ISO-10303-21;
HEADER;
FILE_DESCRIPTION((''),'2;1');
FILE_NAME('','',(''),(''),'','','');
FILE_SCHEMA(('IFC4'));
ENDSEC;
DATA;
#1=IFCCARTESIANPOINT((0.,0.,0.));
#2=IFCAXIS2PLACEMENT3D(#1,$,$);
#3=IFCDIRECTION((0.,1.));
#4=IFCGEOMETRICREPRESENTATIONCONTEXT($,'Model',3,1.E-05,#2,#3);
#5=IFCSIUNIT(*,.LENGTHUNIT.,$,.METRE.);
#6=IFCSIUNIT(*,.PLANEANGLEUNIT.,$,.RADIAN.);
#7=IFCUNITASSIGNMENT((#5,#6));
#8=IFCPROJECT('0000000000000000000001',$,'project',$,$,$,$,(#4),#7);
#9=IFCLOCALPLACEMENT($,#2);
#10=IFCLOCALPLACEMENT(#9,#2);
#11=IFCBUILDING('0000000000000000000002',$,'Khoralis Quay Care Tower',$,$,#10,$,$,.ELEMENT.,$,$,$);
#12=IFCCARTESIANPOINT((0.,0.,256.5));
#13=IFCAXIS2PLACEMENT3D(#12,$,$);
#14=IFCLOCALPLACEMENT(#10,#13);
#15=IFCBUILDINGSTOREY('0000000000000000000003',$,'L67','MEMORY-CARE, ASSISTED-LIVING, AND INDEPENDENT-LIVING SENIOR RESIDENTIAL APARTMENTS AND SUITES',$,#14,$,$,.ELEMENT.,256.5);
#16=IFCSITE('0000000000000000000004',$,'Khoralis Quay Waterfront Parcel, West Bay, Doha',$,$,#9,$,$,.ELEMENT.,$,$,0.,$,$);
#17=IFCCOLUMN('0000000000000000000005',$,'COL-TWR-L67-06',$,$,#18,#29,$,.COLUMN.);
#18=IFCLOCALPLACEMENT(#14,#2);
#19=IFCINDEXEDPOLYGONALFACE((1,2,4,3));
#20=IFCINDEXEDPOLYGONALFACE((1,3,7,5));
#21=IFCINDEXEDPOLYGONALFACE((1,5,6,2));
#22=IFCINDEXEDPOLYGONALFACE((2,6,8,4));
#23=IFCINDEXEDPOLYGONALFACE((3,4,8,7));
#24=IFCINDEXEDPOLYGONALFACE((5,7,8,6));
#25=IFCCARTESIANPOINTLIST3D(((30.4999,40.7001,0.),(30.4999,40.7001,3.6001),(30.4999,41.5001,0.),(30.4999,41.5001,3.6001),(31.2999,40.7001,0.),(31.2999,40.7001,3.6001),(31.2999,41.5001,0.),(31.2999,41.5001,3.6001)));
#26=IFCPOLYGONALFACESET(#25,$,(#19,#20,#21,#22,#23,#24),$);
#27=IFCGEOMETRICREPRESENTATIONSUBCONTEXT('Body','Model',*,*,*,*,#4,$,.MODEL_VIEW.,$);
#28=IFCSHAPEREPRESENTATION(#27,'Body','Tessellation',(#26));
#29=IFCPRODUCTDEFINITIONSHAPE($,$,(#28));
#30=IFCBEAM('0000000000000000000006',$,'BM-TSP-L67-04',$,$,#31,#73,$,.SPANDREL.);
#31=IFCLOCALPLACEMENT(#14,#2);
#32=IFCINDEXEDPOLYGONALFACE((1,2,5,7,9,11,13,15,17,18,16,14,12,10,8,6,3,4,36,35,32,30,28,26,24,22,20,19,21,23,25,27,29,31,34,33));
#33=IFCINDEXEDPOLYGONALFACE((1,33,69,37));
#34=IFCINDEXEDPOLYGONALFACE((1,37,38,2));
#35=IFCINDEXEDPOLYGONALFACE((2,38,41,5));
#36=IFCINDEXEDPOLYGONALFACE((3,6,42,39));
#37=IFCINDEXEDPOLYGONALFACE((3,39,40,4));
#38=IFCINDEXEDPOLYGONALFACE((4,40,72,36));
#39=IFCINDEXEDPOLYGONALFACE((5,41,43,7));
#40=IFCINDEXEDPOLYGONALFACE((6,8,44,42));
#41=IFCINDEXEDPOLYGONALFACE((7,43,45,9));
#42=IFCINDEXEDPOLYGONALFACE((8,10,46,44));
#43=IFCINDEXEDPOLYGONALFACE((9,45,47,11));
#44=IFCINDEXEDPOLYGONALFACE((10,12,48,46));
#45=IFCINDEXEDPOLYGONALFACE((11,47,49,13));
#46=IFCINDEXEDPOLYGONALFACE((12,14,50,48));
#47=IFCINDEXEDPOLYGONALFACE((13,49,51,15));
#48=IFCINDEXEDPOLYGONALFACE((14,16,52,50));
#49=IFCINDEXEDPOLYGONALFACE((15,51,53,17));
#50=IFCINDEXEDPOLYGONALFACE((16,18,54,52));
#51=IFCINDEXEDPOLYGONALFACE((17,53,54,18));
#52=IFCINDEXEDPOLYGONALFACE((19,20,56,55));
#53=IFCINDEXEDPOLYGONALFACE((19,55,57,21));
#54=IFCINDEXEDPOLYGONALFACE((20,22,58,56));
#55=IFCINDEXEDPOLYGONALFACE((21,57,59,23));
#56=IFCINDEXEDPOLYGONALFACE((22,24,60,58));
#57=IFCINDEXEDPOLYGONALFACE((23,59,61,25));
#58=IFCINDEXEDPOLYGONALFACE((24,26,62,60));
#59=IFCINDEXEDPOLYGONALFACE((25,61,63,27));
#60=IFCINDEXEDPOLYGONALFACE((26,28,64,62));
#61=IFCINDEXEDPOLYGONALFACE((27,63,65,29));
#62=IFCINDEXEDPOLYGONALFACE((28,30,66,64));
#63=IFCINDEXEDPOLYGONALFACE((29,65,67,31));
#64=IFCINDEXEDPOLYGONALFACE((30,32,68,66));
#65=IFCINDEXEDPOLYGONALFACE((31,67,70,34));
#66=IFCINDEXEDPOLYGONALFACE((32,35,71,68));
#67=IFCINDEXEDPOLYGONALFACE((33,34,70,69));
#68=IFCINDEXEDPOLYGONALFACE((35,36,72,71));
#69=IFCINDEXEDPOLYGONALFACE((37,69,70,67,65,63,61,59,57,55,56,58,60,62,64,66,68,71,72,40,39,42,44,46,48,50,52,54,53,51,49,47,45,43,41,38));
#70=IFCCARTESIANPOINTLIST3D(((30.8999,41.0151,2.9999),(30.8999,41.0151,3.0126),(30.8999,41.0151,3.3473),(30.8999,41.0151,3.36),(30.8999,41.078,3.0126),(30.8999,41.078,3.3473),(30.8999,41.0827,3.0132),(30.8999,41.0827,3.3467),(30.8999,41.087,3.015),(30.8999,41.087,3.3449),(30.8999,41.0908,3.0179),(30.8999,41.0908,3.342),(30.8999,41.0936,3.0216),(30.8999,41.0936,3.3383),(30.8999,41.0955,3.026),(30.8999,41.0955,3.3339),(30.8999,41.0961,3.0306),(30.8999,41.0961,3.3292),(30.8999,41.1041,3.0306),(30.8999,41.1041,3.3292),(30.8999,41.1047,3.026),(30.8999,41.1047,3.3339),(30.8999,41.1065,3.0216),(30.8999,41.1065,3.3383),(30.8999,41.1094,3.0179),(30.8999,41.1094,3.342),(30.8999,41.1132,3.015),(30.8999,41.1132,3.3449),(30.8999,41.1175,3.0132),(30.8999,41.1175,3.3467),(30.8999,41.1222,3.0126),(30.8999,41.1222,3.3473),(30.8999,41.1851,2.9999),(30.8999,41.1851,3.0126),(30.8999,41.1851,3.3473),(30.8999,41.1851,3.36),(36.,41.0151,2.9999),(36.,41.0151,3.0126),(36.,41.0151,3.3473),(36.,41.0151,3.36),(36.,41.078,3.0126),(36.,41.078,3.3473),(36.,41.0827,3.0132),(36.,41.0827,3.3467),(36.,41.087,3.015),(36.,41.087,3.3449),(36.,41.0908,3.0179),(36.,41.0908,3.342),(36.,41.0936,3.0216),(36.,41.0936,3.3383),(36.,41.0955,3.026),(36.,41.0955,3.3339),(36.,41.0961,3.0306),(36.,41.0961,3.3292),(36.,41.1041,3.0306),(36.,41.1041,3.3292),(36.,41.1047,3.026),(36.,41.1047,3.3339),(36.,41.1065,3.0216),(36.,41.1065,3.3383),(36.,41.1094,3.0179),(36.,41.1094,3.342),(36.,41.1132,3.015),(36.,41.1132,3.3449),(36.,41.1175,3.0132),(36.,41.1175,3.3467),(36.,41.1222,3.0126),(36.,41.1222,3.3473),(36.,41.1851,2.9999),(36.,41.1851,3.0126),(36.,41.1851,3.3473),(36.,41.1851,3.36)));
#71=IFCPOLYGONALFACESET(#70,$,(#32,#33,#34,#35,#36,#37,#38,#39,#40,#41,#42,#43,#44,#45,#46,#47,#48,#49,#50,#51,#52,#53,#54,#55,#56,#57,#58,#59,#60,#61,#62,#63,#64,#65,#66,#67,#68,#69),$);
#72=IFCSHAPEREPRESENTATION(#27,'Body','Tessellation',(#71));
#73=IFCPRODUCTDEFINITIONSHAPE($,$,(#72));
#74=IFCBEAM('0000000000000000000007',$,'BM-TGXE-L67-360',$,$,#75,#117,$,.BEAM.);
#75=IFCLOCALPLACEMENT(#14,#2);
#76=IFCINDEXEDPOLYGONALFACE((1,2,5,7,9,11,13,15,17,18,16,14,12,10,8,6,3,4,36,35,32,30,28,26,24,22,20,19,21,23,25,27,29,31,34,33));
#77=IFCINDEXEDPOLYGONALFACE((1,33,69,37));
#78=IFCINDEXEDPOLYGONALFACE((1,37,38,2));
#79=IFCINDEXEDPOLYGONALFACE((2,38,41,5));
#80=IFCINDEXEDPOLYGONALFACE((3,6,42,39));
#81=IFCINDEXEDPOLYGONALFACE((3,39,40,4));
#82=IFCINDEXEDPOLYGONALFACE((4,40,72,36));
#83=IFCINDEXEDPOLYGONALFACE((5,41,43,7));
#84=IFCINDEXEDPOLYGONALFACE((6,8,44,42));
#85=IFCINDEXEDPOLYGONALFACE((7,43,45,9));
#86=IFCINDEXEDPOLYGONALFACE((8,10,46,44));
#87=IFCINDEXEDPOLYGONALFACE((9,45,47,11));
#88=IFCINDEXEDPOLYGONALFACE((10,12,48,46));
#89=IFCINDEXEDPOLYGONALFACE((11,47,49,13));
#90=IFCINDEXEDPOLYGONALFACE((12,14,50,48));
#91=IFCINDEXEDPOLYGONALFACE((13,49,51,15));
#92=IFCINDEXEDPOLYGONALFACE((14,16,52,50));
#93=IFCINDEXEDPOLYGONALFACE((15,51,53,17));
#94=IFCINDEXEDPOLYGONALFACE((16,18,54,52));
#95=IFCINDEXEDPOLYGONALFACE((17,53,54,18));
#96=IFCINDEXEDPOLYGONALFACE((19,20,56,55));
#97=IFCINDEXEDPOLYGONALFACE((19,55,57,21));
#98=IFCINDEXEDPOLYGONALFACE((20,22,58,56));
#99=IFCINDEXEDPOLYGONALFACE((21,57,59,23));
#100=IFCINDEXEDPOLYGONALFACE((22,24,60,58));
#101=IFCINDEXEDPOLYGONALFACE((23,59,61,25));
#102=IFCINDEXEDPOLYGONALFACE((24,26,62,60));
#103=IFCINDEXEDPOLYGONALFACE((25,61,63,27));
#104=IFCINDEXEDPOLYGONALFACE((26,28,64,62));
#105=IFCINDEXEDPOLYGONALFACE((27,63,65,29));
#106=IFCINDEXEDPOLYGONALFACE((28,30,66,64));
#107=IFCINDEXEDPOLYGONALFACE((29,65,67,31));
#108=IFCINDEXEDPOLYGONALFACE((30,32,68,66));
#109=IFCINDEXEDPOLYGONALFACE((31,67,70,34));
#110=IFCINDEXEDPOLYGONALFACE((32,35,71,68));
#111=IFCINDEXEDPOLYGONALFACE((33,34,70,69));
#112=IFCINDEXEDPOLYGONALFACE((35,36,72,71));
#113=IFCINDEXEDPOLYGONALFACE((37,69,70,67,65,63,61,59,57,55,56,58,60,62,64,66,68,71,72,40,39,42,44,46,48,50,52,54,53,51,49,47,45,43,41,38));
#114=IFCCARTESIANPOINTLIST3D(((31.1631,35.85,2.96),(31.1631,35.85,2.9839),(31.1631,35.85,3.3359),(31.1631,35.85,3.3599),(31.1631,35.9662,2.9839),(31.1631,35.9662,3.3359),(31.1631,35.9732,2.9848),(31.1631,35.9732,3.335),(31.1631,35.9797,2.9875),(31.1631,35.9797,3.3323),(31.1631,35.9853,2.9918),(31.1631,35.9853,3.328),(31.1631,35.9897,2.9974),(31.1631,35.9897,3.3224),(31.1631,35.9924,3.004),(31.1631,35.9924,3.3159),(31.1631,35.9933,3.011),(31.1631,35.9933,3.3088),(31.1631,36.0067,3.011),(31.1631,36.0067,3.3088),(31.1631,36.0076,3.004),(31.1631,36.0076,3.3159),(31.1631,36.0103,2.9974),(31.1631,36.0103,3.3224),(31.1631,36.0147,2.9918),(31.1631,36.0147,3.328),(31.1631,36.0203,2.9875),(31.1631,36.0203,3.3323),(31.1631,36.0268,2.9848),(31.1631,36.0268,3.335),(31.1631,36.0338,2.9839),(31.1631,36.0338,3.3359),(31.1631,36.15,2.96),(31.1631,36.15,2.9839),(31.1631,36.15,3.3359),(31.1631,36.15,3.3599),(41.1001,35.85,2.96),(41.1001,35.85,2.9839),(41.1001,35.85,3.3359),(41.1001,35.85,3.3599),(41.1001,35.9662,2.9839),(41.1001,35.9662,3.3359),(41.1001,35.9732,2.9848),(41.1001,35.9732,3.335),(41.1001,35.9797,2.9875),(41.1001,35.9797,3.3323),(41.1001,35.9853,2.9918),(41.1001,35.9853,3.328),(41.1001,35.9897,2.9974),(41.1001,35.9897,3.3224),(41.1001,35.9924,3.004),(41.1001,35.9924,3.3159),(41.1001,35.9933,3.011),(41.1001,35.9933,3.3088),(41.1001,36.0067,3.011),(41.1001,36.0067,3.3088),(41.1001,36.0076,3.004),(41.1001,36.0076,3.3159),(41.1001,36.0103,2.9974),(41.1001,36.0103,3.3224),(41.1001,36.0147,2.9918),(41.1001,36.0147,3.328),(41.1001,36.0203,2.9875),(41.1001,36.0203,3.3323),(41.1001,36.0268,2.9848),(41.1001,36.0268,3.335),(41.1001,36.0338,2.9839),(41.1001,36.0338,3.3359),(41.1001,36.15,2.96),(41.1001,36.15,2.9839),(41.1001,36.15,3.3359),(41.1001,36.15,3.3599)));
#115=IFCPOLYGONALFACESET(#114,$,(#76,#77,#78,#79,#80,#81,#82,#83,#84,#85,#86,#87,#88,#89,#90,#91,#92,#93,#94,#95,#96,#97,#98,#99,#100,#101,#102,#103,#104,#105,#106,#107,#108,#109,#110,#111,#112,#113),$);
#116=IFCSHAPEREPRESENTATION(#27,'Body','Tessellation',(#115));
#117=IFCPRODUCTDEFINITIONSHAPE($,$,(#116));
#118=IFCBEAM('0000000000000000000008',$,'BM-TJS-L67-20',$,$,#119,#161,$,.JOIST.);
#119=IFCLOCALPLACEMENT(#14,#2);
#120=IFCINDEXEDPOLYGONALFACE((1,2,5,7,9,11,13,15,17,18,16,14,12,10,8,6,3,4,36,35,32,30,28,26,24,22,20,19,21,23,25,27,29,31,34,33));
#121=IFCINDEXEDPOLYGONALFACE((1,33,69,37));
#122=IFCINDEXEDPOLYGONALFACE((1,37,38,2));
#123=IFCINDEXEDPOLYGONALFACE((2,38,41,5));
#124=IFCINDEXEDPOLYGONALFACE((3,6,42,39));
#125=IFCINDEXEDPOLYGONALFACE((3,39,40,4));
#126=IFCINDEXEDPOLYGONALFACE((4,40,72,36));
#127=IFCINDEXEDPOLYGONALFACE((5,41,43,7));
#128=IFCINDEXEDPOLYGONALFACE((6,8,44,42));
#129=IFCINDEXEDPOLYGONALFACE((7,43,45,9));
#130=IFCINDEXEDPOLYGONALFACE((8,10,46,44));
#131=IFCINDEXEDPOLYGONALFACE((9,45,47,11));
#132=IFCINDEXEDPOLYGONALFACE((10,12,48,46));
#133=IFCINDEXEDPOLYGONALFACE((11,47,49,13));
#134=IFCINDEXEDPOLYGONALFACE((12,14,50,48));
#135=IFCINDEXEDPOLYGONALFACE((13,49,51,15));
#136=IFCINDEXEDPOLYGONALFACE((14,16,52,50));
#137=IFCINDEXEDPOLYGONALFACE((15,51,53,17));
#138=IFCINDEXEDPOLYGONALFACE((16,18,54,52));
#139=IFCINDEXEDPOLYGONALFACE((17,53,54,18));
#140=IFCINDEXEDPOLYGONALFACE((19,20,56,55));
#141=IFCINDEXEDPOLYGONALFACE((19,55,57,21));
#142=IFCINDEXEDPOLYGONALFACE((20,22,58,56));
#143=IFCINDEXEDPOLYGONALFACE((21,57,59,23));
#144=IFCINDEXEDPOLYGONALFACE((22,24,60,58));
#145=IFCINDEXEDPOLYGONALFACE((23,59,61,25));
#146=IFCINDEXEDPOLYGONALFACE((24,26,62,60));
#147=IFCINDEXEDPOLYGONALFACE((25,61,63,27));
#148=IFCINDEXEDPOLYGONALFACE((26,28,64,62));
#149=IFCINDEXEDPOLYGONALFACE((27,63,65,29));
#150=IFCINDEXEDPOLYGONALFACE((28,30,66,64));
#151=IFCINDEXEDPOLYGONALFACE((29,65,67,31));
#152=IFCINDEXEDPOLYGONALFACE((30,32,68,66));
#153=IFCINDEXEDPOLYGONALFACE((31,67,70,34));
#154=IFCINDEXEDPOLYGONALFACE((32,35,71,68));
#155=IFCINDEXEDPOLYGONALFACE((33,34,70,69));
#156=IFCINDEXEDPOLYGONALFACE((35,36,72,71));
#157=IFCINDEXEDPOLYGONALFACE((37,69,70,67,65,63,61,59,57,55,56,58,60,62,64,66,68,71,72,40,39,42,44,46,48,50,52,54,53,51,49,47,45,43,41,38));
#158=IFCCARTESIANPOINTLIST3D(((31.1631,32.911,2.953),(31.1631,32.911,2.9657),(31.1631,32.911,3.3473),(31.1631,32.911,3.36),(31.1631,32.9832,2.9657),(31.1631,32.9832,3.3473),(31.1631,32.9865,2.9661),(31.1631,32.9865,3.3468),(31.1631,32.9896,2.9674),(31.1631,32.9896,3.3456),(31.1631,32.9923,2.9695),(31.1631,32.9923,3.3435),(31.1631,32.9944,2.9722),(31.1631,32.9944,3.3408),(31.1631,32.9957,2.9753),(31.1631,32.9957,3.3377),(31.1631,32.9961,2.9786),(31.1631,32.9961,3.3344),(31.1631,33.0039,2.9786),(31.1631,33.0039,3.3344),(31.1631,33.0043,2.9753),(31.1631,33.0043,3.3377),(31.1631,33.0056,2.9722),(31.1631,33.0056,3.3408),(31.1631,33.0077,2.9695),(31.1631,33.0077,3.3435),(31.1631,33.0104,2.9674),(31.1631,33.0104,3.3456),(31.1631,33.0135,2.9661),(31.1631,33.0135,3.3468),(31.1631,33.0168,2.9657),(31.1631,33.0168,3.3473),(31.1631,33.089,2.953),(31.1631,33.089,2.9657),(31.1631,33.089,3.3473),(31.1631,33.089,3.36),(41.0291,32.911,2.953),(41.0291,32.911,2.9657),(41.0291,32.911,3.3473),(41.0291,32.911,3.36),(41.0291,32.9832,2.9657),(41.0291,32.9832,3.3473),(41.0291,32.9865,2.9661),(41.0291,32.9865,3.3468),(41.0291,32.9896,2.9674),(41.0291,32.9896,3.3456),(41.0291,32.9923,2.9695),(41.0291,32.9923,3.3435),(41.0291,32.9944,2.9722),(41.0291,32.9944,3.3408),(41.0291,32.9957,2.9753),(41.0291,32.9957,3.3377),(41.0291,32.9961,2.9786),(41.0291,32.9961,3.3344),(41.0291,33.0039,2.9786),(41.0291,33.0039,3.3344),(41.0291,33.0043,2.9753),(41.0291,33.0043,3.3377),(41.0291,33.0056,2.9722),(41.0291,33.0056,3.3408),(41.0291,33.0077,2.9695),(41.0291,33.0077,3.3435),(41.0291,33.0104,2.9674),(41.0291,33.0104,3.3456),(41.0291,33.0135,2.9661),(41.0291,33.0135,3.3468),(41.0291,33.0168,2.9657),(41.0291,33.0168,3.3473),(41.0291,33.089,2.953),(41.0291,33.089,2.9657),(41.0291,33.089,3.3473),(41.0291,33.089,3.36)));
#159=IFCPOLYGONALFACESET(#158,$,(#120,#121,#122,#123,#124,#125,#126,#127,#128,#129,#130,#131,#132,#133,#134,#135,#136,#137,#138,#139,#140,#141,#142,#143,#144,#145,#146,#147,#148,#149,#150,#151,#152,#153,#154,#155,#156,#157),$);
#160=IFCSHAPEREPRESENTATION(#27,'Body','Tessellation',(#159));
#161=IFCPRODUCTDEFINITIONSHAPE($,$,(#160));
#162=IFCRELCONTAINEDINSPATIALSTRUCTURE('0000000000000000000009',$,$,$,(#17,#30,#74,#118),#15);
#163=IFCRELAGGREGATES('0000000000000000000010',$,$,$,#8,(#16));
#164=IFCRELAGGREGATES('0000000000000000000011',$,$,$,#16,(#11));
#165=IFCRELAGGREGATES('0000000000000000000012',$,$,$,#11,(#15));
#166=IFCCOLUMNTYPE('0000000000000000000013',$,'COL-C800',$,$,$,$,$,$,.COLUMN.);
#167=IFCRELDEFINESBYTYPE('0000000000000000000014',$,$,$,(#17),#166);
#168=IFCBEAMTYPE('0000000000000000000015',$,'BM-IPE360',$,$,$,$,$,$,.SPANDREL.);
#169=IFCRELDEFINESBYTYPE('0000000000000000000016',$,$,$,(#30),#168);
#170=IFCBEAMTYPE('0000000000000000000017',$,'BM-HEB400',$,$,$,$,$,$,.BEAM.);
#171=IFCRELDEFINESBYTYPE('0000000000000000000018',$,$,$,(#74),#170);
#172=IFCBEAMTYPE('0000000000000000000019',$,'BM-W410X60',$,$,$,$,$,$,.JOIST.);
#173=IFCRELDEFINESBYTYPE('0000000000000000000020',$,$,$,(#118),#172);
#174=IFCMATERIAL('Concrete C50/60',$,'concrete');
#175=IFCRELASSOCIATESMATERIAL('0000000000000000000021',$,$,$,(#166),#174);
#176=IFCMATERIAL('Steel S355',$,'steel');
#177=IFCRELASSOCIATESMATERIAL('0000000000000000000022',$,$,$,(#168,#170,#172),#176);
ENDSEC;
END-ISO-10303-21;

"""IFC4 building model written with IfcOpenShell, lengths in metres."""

from ifc_helpers import new_model, si_unit, direction, frame, origin, origin_2d, place, context, subcontext, project, spatial, rectangle, i_section, extrude, source, transform, mapped, material, material_profile, profile_set, type_object, element, save


model = new_model("IFC4")

# Units and contexts
model_context = context("Model", 3, precision=1e-05, world=origin(), true_north=direction((0.0, 1.0)))
body_context = subcontext(model_context, "Body", "Model", "MODEL_VIEW")
ifc_project = project(units=[si_unit("LENGTHUNIT", "METRE"), si_unit("PLANEANGLEUNIT", "RADIAN")], contexts=[model_context])

# Site, building, storey
site_placement = place(None, origin())
site = spatial("IfcSite", under=ifc_project, at=site_placement, Name="Khoralis Quay Waterfront Parcel, West Bay, Doha", CompositionType="ELEMENT", RefElevation=0.0)
building_placement = place(site_placement, origin())
building = spatial("IfcBuilding", under=site, at=building_placement, Name="Khoralis Quay Care Tower", CompositionType="ELEMENT")
storey_placement = place(building_placement, frame((0.0, 0.0, 256.5)))
storey = spatial("IfcBuildingStorey", under=building, at=storey_placement, Name="L67", Description="MEMORY-CARE, ASSISTED-LIVING, AND INDEPENDENT-LIVING SENIOR RESIDENTIAL APARTMENTS AND SUITES", CompositionType="ELEMENT", Elevation=256.5)

# Column
ifc_material_1 = material(Name="Concrete C50/60", Category="concrete")
ifc_material_profile_1 = material_profile(ifc_material_1, rectangle(XDim=0.8, YDim=0.8, at=origin_2d()), Name="Concrete C50/60")
ifc_profile_set_1 = profile_set([ifc_material_profile_1], Name="Concrete C50/60")
column_type = type_object("IfcColumnType", Name="COL-C800", PredefinedType="COLUMN", material=ifc_profile_set_1)
shared_shape_1 = source(origin(), body_context, "Body", "SweptSolid", [
    extrude(rectangle(XDim=0.8, YDim=0.8, at=origin_2d()), origin(), (0.0, 0.0, 1.0), 3.6001),
])
column_placement = place(storey_placement, frame((30.8999, 41.1001, 0.0), z_axis=(0.0, 0.0, 1.0), x_axis=(1.0, 0.0, 0.0)))
element("IfcColumn", 1, at=column_placement, inside=storey, type_object=column_type, Name="COL-TWR-L67-06", PredefinedType="COLUMN", context=body_context, shape_type="MappedRepresentation", body=[
    mapped(shared_shape_1, transform((0.0, 0.0, 0.0), scale=1.0)),
])

# Beams
ifc_material_2 = material(Name="Steel S355", Category="steel")
ifc_material_profile_2 = material_profile(ifc_material_2, i_section(OverallWidth=0.1699, OverallDepth=0.3601, WebThickness=0.0081, FlangeThickness=0.0127, FilletRadius=0.0181, at=origin_2d()), Name="Steel S355")
ifc_profile_set_2 = profile_set([ifc_material_profile_2], Name="Steel S355")
beam_type_1 = type_object("IfcBeamType", Name="BM-IPE360", PredefinedType="SPANDREL", material=ifc_profile_set_2)
shared_shape_2 = source(origin(), body_context, "Body", "SweptSolid", [
    extrude(i_section(OverallWidth=0.1699, OverallDepth=0.3601, WebThickness=0.0081, FlangeThickness=0.0127, FilletRadius=0.0181, at=origin_2d()), origin(), (0.0, 0.0, 1.0), 5.1001),
])
beam_1_placement = place(storey_placement, frame((30.8999, 41.1001, 3.1799), z_axis=(1.0, 0.0, 0.0), x_axis=(0.0, 1.0, 0.0)))
element("IfcBeam", 2, at=beam_1_placement, inside=storey, type_object=beam_type_1, Name="BM-TSP-L67-04", PredefinedType="SPANDREL", context=body_context, shape_type="MappedRepresentation", body=[
    mapped(shared_shape_2, transform((0.0, 0.0, 0.0), scale=1.0)),
])
ifc_material_profile_3 = material_profile(ifc_material_2, i_section(OverallWidth=0.3, OverallDepth=0.3999, WebThickness=0.0134, FlangeThickness=0.0239, FilletRadius=0.0271, at=origin_2d()), Name="Steel S355")
ifc_profile_set_3 = profile_set([ifc_material_profile_3], Name="Steel S355")
beam_type_2 = type_object("IfcBeamType", Name="BM-HEB400", PredefinedType="BEAM", material=ifc_profile_set_3)
shared_shape_3 = source(origin(), body_context, "Body", "SweptSolid", [
    extrude(i_section(OverallWidth=0.3, OverallDepth=0.3999, WebThickness=0.0134, FlangeThickness=0.0239, FilletRadius=0.0271, at=origin_2d()), origin(), (0.0, 0.0, 1.0), 9.937),
])
beam_2_placement = place(storey_placement, frame((31.1631, 36.0, 3.1599), z_axis=(1.0, 0.0, 0.0), x_axis=(0.0, 1.0, 0.0)))
element("IfcBeam", 3, at=beam_2_placement, inside=storey, type_object=beam_type_2, Name="BM-TGXE-L67-360", PredefinedType="BEAM", context=body_context, shape_type="MappedRepresentation", body=[
    mapped(shared_shape_3, transform((0.0, 0.0, 0.0), scale=1.0)),
])
ifc_material_profile_4 = material_profile(ifc_material_2, i_section(OverallWidth=0.178, OverallDepth=0.407, WebThickness=0.0078, FlangeThickness=0.0127, FilletRadius=0.0129, at=origin_2d()), Name="Steel S355")
ifc_profile_set_4 = profile_set([ifc_material_profile_4], Name="Steel S355")
beam_type_3 = type_object("IfcBeamType", Name="BM-W410X60", PredefinedType="JOIST", material=ifc_profile_set_4)
shared_shape_4 = source(origin(), body_context, "Body", "SweptSolid", [
    extrude(i_section(OverallWidth=0.178, OverallDepth=0.407, WebThickness=0.0078, FlangeThickness=0.0127, FilletRadius=0.0129, at=origin_2d()), origin(), (0.0, 0.0, 1.0), 9.866),
])
for number, where, z_axis, x_axis, name in (
    (4, (31.1631, 33.0, 3.1565), (1.0, 0.0, 0.0), (0.0, 1.0, 0.0), "BM-TJS-L67-20"),
):
    element("IfcBeam", number, at=place(storey_placement, frame(where, z_axis=z_axis, x_axis=x_axis)), inside=storey, type_object=beam_type_3, Name=name, PredefinedType="JOIST", context=body_context, shape_type="MappedRepresentation", body=[
        mapped(shared_shape_4, transform((0.0, 0.0, 0.0), scale=1.0)),
    ])

save(model, "model.ifc")
